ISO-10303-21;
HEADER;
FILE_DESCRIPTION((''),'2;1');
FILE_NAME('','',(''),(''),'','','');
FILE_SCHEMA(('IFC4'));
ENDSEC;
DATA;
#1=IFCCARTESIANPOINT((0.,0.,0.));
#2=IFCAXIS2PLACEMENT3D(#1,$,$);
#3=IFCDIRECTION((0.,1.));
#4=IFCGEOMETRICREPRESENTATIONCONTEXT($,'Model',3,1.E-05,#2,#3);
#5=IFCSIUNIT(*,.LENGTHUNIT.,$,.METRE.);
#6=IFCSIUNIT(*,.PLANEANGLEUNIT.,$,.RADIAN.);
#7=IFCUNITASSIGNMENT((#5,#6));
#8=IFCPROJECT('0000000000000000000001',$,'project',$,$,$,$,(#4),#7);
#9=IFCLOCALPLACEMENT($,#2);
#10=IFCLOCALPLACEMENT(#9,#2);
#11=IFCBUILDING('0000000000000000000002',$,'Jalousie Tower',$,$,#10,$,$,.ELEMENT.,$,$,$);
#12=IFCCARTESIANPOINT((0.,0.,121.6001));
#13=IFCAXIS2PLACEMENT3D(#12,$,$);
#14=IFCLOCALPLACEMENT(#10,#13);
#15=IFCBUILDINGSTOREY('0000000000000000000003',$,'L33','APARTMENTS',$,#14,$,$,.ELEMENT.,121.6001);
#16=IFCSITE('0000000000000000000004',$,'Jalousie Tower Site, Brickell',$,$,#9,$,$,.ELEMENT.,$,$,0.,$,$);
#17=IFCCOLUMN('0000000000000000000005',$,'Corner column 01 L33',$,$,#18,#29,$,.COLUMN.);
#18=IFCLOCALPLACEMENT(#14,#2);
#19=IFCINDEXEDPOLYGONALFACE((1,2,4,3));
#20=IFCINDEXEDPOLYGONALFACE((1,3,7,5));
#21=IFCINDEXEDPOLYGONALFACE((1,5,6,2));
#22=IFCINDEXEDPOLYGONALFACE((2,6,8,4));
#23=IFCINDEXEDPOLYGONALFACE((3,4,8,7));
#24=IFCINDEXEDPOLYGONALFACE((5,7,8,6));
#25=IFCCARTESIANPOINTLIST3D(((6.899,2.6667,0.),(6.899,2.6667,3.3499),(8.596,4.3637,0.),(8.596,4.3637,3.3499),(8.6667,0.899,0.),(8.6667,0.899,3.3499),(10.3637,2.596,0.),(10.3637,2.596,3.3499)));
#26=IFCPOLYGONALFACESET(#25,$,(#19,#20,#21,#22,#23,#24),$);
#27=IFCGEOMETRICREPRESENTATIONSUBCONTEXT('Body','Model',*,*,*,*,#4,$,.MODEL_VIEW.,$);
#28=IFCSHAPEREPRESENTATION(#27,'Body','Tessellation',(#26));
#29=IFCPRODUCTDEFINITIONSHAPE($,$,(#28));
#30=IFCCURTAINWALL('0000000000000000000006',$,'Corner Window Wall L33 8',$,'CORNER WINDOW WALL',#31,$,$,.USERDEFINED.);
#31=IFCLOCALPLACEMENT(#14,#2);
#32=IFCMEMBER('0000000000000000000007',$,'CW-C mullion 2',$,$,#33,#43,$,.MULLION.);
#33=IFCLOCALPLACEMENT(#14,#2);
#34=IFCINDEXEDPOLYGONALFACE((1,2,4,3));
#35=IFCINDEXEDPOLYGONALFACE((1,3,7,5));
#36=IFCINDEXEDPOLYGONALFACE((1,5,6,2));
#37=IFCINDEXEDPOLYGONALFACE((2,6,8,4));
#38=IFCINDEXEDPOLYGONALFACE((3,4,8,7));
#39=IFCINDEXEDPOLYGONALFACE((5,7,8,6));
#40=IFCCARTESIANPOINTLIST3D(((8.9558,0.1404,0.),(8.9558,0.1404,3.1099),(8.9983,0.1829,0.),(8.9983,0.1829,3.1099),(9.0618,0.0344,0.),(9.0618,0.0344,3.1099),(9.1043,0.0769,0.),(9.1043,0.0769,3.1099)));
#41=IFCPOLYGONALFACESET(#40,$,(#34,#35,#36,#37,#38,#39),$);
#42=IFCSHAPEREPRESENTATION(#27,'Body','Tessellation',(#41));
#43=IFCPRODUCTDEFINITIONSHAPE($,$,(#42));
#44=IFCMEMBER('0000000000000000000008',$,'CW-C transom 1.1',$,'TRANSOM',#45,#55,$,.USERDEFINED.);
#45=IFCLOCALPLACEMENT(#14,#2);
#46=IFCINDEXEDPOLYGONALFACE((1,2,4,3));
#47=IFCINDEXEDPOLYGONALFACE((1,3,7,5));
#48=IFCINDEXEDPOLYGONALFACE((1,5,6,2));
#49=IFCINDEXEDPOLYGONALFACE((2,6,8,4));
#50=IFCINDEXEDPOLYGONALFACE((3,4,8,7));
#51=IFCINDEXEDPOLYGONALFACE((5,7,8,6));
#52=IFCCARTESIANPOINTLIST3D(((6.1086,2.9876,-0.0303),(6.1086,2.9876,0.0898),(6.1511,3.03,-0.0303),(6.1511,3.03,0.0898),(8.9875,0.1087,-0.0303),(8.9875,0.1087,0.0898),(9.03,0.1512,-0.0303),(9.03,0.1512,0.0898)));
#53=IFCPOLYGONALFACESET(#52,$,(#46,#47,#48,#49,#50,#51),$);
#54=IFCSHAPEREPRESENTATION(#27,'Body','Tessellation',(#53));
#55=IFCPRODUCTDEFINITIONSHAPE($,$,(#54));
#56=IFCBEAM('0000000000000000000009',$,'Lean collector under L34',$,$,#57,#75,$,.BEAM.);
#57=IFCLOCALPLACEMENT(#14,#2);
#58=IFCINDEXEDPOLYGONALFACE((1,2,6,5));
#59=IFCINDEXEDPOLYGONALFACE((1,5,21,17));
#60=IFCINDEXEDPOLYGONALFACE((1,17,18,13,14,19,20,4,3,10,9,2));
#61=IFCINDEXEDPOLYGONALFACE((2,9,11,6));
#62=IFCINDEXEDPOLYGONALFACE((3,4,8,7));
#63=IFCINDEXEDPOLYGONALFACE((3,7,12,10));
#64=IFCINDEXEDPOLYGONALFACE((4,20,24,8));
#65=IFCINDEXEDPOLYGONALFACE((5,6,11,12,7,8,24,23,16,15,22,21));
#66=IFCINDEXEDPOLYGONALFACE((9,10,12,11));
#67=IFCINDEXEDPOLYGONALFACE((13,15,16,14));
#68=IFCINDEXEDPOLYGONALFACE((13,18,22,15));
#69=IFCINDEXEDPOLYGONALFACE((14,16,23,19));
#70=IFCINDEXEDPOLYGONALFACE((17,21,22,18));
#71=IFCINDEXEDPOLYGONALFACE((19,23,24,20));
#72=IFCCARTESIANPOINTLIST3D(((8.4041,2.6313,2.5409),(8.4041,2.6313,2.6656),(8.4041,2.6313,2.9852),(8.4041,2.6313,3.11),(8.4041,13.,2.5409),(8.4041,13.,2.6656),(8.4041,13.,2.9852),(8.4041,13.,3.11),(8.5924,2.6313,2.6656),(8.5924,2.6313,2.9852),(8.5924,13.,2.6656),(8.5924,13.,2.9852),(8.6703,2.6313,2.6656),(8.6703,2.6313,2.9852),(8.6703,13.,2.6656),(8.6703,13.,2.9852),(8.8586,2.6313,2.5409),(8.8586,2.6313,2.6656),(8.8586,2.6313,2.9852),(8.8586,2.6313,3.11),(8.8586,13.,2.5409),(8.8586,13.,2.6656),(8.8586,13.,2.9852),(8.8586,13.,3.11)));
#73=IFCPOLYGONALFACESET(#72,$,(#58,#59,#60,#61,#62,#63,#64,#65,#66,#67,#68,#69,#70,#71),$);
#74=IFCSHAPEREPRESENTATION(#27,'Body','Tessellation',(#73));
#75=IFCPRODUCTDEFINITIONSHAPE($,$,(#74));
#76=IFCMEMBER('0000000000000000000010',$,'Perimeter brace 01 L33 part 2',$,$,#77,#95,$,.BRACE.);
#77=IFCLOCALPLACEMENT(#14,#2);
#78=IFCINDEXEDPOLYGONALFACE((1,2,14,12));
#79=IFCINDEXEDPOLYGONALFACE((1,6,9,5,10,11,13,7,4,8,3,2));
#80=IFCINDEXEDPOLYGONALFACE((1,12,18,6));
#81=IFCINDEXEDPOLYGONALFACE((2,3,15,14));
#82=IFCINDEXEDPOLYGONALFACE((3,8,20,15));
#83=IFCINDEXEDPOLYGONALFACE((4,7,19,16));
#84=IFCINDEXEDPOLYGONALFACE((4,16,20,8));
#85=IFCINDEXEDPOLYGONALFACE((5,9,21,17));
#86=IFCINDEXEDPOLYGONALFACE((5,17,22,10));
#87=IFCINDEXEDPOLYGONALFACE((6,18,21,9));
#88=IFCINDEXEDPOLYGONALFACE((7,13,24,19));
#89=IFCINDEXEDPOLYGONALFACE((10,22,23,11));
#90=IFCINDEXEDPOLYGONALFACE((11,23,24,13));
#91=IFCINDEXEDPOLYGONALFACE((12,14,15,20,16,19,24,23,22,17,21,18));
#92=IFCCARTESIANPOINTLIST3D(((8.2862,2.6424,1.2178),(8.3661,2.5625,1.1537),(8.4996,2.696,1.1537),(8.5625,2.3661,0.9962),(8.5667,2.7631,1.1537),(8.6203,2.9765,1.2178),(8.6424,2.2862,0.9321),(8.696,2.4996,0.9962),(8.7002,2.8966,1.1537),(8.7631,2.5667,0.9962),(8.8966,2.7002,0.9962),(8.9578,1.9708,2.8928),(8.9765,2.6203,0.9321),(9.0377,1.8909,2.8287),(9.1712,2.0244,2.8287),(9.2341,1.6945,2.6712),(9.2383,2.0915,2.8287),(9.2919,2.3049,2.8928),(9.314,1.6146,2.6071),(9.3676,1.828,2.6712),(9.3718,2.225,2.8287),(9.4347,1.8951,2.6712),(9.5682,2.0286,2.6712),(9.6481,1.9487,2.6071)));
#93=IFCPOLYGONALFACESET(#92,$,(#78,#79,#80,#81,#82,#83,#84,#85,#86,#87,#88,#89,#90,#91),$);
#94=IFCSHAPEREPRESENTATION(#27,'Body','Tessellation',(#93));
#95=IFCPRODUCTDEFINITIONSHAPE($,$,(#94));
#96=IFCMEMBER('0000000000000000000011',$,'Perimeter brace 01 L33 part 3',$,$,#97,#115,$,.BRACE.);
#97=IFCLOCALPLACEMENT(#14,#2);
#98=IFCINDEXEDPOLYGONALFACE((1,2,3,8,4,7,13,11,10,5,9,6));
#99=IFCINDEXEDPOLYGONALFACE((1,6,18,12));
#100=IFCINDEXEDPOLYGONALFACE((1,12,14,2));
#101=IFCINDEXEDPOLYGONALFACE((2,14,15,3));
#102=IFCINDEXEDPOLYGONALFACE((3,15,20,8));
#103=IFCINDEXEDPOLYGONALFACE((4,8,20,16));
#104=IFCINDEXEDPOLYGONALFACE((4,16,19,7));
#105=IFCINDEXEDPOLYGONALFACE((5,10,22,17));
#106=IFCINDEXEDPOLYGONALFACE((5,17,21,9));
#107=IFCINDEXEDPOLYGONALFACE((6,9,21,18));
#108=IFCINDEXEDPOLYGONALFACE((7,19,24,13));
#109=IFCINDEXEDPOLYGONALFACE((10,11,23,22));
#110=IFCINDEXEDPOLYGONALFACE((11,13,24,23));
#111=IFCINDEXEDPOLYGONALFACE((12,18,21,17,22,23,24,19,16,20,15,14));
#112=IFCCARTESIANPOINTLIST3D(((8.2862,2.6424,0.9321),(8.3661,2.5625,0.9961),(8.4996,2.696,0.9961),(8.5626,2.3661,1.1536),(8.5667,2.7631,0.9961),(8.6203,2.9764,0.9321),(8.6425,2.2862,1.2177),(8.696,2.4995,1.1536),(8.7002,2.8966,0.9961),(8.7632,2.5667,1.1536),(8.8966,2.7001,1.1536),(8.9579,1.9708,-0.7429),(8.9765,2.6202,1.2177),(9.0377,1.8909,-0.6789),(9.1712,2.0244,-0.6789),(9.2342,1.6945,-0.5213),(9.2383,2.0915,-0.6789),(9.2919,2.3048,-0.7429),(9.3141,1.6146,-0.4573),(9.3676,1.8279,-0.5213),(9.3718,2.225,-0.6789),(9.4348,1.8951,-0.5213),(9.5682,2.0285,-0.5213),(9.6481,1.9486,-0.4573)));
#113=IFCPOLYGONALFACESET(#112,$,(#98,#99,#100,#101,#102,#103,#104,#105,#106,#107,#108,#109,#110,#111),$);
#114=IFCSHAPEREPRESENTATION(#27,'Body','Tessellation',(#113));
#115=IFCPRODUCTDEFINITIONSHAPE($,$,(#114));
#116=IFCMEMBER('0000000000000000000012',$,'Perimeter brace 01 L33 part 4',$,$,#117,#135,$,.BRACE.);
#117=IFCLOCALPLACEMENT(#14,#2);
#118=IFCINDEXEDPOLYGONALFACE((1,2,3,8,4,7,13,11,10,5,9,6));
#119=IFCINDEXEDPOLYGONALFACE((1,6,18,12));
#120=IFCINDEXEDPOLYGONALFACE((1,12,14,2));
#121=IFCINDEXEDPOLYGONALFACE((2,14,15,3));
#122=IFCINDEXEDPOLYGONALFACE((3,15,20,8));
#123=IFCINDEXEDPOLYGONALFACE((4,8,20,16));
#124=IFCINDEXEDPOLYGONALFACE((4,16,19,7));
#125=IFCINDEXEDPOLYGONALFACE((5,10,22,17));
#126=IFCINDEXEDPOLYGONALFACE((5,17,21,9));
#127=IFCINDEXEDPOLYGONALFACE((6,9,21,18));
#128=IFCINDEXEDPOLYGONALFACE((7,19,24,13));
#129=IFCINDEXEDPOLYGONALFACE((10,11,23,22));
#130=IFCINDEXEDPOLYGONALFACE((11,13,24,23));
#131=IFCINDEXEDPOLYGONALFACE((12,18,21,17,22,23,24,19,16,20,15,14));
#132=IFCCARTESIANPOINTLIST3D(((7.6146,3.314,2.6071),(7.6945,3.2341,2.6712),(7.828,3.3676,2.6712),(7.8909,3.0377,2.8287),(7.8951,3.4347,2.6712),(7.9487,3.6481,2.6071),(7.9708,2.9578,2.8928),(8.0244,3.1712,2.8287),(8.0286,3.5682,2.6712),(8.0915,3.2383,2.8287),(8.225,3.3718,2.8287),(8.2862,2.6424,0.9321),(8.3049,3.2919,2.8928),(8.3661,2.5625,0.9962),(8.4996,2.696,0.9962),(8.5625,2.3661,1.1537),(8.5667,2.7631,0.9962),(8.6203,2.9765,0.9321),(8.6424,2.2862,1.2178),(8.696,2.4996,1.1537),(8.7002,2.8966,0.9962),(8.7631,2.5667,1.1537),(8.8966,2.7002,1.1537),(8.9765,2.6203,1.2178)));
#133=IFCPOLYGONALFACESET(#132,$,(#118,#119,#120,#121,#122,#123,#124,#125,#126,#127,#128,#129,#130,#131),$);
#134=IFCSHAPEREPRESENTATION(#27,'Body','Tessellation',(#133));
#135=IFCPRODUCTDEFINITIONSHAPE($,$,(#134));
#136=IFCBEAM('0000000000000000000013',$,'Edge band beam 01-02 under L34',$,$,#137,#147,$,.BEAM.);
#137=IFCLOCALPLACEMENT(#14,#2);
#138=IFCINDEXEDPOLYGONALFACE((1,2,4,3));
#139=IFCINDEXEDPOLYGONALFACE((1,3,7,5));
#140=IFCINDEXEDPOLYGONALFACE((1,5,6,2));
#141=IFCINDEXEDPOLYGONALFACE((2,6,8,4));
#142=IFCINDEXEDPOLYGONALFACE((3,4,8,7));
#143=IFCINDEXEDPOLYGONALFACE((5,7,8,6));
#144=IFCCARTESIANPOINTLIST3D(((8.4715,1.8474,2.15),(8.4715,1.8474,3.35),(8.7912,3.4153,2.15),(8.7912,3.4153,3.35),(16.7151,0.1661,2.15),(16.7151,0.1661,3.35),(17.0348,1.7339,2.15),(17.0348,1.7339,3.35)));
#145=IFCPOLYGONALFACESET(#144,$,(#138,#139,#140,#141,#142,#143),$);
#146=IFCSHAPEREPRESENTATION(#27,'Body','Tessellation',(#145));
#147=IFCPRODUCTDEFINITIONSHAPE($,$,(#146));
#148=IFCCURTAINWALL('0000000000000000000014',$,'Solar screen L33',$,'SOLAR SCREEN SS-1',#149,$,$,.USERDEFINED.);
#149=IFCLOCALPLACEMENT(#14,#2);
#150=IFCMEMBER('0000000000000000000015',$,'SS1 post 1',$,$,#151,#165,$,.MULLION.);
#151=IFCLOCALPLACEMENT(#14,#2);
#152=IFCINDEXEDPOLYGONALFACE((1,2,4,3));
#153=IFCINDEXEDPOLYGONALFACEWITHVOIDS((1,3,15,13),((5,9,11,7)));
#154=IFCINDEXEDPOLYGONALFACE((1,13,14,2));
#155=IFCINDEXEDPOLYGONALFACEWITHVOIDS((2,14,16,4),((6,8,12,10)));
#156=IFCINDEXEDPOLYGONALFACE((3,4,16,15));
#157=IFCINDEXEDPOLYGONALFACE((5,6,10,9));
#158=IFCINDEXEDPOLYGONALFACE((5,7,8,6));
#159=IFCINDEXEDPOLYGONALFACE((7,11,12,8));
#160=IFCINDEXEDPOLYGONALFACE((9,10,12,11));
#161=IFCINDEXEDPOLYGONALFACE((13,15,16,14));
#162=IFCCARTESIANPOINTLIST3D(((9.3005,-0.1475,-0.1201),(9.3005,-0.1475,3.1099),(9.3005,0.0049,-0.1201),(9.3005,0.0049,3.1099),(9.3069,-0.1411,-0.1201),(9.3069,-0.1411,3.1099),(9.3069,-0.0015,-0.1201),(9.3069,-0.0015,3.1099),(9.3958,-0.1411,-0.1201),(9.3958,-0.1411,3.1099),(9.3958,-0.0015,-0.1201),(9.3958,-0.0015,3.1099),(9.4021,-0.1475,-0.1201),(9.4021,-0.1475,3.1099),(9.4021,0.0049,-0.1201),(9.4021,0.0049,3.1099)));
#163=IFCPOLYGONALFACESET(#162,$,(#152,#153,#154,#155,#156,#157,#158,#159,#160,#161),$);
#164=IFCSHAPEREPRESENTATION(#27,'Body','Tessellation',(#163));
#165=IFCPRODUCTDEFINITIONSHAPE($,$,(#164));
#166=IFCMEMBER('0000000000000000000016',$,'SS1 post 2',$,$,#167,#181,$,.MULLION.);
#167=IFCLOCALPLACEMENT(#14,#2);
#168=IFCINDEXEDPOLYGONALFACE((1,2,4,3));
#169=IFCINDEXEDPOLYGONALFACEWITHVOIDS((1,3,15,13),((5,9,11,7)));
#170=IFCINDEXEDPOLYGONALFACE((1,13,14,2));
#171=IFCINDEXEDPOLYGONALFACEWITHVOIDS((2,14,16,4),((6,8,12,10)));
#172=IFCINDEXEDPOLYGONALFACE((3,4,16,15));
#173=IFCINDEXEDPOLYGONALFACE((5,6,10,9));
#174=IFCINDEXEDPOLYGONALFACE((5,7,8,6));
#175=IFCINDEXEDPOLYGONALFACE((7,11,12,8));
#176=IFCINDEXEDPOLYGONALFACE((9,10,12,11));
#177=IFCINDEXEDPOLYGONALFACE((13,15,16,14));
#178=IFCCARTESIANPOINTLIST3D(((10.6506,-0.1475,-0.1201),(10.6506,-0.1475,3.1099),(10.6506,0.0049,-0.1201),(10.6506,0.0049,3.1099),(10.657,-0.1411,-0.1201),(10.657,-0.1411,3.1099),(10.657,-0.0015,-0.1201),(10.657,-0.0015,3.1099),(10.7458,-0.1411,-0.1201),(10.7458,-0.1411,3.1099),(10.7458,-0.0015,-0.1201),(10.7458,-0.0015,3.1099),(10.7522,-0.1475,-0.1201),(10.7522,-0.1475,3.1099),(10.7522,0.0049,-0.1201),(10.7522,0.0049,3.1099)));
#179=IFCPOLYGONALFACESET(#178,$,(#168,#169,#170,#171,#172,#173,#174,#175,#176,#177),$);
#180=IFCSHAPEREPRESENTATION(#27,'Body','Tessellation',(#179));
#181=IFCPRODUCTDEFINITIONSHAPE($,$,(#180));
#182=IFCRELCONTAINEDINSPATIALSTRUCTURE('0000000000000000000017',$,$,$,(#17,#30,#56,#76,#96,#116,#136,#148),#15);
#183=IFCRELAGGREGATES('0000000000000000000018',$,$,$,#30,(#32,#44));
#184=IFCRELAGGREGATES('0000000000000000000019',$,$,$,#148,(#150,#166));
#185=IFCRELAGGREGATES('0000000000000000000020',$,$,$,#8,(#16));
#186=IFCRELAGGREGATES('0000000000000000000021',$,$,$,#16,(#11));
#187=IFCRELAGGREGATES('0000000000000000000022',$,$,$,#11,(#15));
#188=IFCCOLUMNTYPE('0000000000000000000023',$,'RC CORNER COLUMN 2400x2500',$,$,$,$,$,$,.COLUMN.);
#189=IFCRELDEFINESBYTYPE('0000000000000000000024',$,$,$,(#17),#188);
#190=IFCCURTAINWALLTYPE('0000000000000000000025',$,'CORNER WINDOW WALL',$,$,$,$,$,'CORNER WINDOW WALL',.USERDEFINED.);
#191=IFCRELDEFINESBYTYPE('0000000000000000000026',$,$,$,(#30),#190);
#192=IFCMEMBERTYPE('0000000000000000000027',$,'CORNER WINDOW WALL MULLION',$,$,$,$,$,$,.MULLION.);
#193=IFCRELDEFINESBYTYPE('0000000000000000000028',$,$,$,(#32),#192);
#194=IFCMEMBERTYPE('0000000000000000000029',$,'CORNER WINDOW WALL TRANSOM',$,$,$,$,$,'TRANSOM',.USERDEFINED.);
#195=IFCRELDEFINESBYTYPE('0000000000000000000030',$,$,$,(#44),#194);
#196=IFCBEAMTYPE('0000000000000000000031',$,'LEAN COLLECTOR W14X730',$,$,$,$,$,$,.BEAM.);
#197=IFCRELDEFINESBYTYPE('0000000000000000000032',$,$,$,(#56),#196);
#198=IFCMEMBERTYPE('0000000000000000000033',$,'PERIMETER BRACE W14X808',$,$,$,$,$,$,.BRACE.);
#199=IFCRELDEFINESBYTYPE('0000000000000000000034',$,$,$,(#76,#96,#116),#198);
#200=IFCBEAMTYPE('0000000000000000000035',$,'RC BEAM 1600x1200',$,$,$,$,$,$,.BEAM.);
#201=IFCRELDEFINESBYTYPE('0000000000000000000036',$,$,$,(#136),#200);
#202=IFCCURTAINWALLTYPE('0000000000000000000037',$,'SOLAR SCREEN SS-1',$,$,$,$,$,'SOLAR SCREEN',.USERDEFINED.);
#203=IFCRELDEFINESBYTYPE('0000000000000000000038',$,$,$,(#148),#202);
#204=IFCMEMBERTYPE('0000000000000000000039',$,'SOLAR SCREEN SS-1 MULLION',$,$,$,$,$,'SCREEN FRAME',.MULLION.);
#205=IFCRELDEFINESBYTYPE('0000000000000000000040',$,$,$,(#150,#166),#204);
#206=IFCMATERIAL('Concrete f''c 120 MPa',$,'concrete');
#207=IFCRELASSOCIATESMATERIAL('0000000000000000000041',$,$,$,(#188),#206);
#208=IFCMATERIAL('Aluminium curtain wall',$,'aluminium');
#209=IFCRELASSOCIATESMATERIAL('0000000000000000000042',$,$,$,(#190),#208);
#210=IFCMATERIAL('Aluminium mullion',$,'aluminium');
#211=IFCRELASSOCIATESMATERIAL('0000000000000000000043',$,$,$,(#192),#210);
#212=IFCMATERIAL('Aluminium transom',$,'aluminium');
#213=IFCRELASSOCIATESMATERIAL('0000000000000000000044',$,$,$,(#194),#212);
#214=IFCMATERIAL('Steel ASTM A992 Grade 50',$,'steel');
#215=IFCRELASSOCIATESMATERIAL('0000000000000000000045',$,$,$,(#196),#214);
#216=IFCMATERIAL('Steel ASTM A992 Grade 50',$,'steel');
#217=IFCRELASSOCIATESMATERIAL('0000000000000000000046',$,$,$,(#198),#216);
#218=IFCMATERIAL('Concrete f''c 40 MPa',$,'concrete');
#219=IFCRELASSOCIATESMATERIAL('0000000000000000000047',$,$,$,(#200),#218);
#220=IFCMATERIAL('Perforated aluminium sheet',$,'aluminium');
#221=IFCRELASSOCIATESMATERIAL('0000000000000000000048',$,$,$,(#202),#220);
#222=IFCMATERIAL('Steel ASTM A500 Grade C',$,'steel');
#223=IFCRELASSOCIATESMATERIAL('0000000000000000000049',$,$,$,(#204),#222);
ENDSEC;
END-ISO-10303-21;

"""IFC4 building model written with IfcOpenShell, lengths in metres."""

from ifc_helpers import new_model, si_unit, direction, frame, origin, origin_2d, place, context, subcontext, project, spatial, rectangle, hollow_rectangle, i_section, extrude, material, material_profile, profile_set, type_object, element, aggregate, save


model = new_model("IFC4")

# Units and contexts
model_context = context("Model", 3, precision=1e-05, world=origin(), true_north=direction((0.0, 1.0)))
body_context = subcontext(model_context, "Body", "Model", "MODEL_VIEW")
ifc_project = project(units=[si_unit("LENGTHUNIT", "METRE"), si_unit("PLANEANGLEUNIT", "RADIAN")], contexts=[model_context])

# Site, building, storey
site_placement = place(None, origin())
site = spatial("IfcSite", under=ifc_project, at=site_placement, Name="Jalousie Tower Site, Brickell", CompositionType="ELEMENT", RefElevation=0.0)
building_placement = place(site_placement, origin())
building = spatial("IfcBuilding", under=site, at=building_placement, Name="Jalousie Tower", CompositionType="ELEMENT")
storey_placement = place(building_placement, frame((0.0, 0.0, 121.6001)))
storey = spatial("IfcBuildingStorey", under=building, at=storey_placement, Name="L33", Description="APARTMENTS", CompositionType="ELEMENT", Elevation=121.6001)

# Column
ifc_material_1 = material(Name="Concrete f'c 120 MPa", Category="concrete")
ifc_material_profile_1 = material_profile(ifc_material_1, rectangle(XDim=2.3999, YDim=2.5, at=origin_2d()), Name="RC 2400x2500")
ifc_profile_set_1 = profile_set([ifc_material_profile_1], Name="Concrete f'c 120 MPa")
column_type = type_object("IfcColumnType", Name="RC CORNER COLUMN 2400x2500", PredefinedType="COLUMN", material=ifc_profile_set_1)
column_placement = place(storey_placement, frame((8.6313, 2.6313, 0.0), z_axis=(0.0, 0.0, 1.0), x_axis=(0.707107, 0.707107, 0.0)))
element("IfcColumn", 1, at=column_placement, inside=storey, type_object=column_type, Name="Corner column 01 L33", PredefinedType="COLUMN", context=body_context, shape_type="SweptSolid", body=[
    extrude(rectangle(XDim=2.3999, YDim=2.5, at=origin_2d()), origin(), (0.0, 0.0, 1.0), 3.3499),
])

# Curtain wall, members
ifc_material_2 = material(Name="Aluminium curtain wall", Category="aluminium")
curtain_wall_type_1 = type_object("IfcCurtainWallType", Name="CORNER WINDOW WALL", ElementType="CORNER WINDOW WALL", PredefinedType="USERDEFINED", material=ifc_material_2)
curtain_wall_1_placement = place(storey_placement, origin())
curtain_wall_1 = element("IfcCurtainWall", 2, at=curtain_wall_1_placement, inside=storey, type_object=curtain_wall_type_1, Name="Corner Window Wall L33 8", ObjectType="CORNER WINDOW WALL", PredefinedType="USERDEFINED")
ifc_material_3 = material(Name="Aluminium mullion", Category="aluminium")
ifc_material_profile_2 = material_profile(ifc_material_3, rectangle(XDim=0.0601, YDim=0.1499, at=origin_2d()), Name="MULLION 60x150")
ifc_profile_set_2 = profile_set([ifc_material_profile_2], Name="Aluminium mullion")
member_type_1 = type_object("IfcMemberType", Name="CORNER WINDOW WALL MULLION", PredefinedType="MULLION", material=ifc_profile_set_2)
member_1_placement = place(storey_placement, frame((9.03, 0.1086, 0.0), z_axis=(0.0, 0.0, 1.0), x_axis=(0.707107, 0.707107, 0.0)))
member_1 = element("IfcMember", 3, at=member_1_placement, type_object=member_type_1, Name="CW-C mullion 2", PredefinedType="MULLION", context=body_context, shape_type="SweptSolid", body=[
    extrude(rectangle(XDim=0.0601, YDim=0.1499, at=origin_2d()), origin(), (0.0, 0.0, 1.0), 3.1099),
])
ifc_material_4 = material(Name="Aluminium transom", Category="aluminium")
ifc_material_profile_3 = material_profile(ifc_material_4, rectangle(XDim=0.0601, YDim=0.1201, at=origin_2d()), Name="TRANSOM 60x120")
ifc_profile_set_3 = profile_set([ifc_material_profile_3], Name="Aluminium transom")
member_type_2 = type_object("IfcMemberType", Name="CORNER WINDOW WALL TRANSOM", ElementType="TRANSOM", PredefinedType="USERDEFINED", material=ifc_profile_set_3)
member_2_placement = place(storey_placement, frame((6.1299, 3.0088, 0.0298), z_axis=(0.707107, -0.707107, 0.0), x_axis=(0.707107, 0.707107, 0.0)))
member_2 = element("IfcMember", 4, at=member_2_placement, type_object=member_type_2, Name="CW-C transom 1.1", ObjectType="TRANSOM", PredefinedType="USERDEFINED", context=body_context, shape_type="SweptSolid", body=[
    extrude(rectangle(XDim=0.0601, YDim=0.1201, at=origin_2d()), origin(), (0.0, 0.0, 1.0), 4.0713),
])

# Beam
ifc_material_5 = material(Name="Steel ASTM A992 Grade 50", Category="steel")
ifc_material_profile_4 = material_profile(ifc_material_5, i_section(OverallWidth=0.4546, OverallDepth=0.5691, WebThickness=0.0779, FlangeThickness=0.1248, at=origin_2d()), Name="W14X730")
ifc_profile_set_4 = profile_set([ifc_material_profile_4], Name="Steel ASTM A992 Grade 50")
beam_type_1 = type_object("IfcBeamType", Name="LEAN COLLECTOR W14X730", PredefinedType="BEAM", material=ifc_profile_set_4)
beam_1_placement = place(storey_placement, frame((8.6313, 2.6313, 2.8254), z_axis=(0.0, 1.0, 0.0), x_axis=(-1.0, 0.0, 0.0)))
element("IfcBeam", 5, at=beam_1_placement, inside=storey, type_object=beam_type_1, Name="Lean collector under L34", PredefinedType="BEAM", context=body_context, shape_type="SweptSolid", body=[
    extrude(i_section(OverallWidth=0.4546, OverallDepth=0.5691, WebThickness=0.0779, FlangeThickness=0.1248, at=origin_2d()), origin(), (0.0, 0.0, 1.0), 10.3687),
])

# Members
ifc_material_6 = material(Name="Steel ASTM A992 Grade 50", Category="steel")
ifc_material_profile_5 = material_profile(ifc_material_6, i_section(OverallWidth=0.4724, OverallDepth=0.5791, WebThickness=0.095, FlangeThickness=0.1299, at=origin_2d()), Name="W14X808")
ifc_profile_set_5 = profile_set([ifc_material_profile_5], Name="Steel ASTM A992 Grade 50")
member_type_3 = type_object("IfcMemberType", Name="PERIMETER BRACE W14X808", PredefinedType="BRACE", material=ifc_profile_set_5)
for number, where, z_axis, x_axis, name in (
    (6, (8.6313, 2.6313, 1.075), (0.348789, -0.348789, 0.869881), (0.707107, 0.707107, 0.0), "Perimeter brace 01 L33 part 2"),
    (7, (9.303, 1.9597, -0.6001), (-0.348789, 0.348789, 0.869881), (-0.707107, -0.707107, 0.0), "Perimeter brace 01 L33 part 3"),
    (8, (8.6313, 2.6313, 1.075), (-0.348789, 0.348789, 0.869881), (-0.707107, -0.707107, 0.0), "Perimeter brace 01 L33 part 4"),
):
    element("IfcMember", number, at=place(storey_placement, frame(where, z_axis=z_axis, x_axis=x_axis)), inside=storey, type_object=member_type_3, Name=name, PredefinedType="BRACE", context=body_context, shape_type="SweptSolid", body=[
        extrude(i_section(OverallWidth=0.4724, OverallDepth=0.5791, WebThickness=0.095, FlangeThickness=0.1299, at=origin_2d()), origin(), (0.0, 0.0, 1.0), 1.9255),
    ])

# Beam
ifc_material_7 = material(Name="Concrete f'c 40 MPa", Category="concrete")
ifc_material_profile_6 = material_profile(ifc_material_7, rectangle(XDim=1.6001, YDim=1.2, at=origin_2d()), Name="RC 1600x1200")
ifc_profile_set_6 = profile_set([ifc_material_profile_6], Name="Concrete f'c 40 MPa")
beam_type_2 = type_object("IfcBeamType", Name="RC BEAM 1600x1200", PredefinedType="BEAM", material=ifc_profile_set_6)
beam_2_placement = place(storey_placement, frame((8.6313, 2.6313, 2.75), z_axis=(0.979827, -0.199848, 0.0), x_axis=(0.199848, 0.979827, 0.0)))
element("IfcBeam", 9, at=beam_2_placement, inside=storey, type_object=beam_type_2, Name="Edge band beam 01-02 under L34", PredefinedType="BEAM", context=body_context, shape_type="SweptSolid", body=[
    extrude(rectangle(XDim=1.6001, YDim=1.2, at=origin_2d()), origin(), (0.0, 0.0, 1.0), 8.4133),
])

# Curtain wall, members
ifc_material_8 = material(Name="Perforated aluminium sheet", Category="aluminium")
curtain_wall_type_2 = type_object("IfcCurtainWallType", Name="SOLAR SCREEN SS-1", ElementType="SOLAR SCREEN", PredefinedType="USERDEFINED", material=ifc_material_8)
curtain_wall_2_placement = place(storey_placement, origin())
curtain_wall_2 = element("IfcCurtainWall", 10, at=curtain_wall_2_placement, inside=storey, type_object=curtain_wall_type_2, Name="Solar screen L33", ObjectType="SOLAR SCREEN SS-1", PredefinedType="USERDEFINED")
ifc_material_9 = material(Name="Steel ASTM A500 Grade C", Category="steel")
ifc_material_profile_7 = material_profile(ifc_material_9, hollow_rectangle(XDim=0.1016, YDim=0.1523, WallThickness=0.0063, at=origin_2d()), Name="HSS6X4X1/4")
ifc_profile_set_7 = profile_set([ifc_material_profile_7], Name="Steel ASTM A500 Grade C")
member_type_4 = type_object("IfcMemberType", Name="SOLAR SCREEN SS-1 MULLION", ElementType="SCREEN FRAME", PredefinedType="MULLION", material=ifc_profile_set_7)
member_3_placement = place(storey_placement, frame((9.3513, -0.0713, -0.1201), z_axis=(0.0, 0.0, 1.0), x_axis=(1.0, 0.0, 0.0)))
member_3 = element("IfcMember", 11, at=member_3_placement, type_object=member_type_4, Name="SS1 post 1", PredefinedType="MULLION", context=body_context, shape_type="SweptSolid", body=[
    extrude(hollow_rectangle(XDim=0.1016, YDim=0.1523, WallThickness=0.0063, at=origin_2d()), origin(), (0.0, 0.0, 1.0), 3.23),
])
member_4_placement = place(storey_placement, frame((10.7014, -0.0713, -0.1201), z_axis=(0.0, 0.0, 1.0), x_axis=(1.0, 0.0, 0.0)))
member_4 = element("IfcMember", 12, at=member_4_placement, type_object=member_type_4, Name="SS1 post 2", PredefinedType="MULLION", context=body_context, shape_type="SweptSolid", body=[
    extrude(hollow_rectangle(XDim=0.1016, YDim=0.1523, WallThickness=0.0063, at=origin_2d()), origin(), (0.0, 0.0, 1.0), 3.23),
])

aggregate(curtain_wall_1, [member_1, member_2])

aggregate(curtain_wall_2, [member_3, member_4])

save(model, "model.ifc")
